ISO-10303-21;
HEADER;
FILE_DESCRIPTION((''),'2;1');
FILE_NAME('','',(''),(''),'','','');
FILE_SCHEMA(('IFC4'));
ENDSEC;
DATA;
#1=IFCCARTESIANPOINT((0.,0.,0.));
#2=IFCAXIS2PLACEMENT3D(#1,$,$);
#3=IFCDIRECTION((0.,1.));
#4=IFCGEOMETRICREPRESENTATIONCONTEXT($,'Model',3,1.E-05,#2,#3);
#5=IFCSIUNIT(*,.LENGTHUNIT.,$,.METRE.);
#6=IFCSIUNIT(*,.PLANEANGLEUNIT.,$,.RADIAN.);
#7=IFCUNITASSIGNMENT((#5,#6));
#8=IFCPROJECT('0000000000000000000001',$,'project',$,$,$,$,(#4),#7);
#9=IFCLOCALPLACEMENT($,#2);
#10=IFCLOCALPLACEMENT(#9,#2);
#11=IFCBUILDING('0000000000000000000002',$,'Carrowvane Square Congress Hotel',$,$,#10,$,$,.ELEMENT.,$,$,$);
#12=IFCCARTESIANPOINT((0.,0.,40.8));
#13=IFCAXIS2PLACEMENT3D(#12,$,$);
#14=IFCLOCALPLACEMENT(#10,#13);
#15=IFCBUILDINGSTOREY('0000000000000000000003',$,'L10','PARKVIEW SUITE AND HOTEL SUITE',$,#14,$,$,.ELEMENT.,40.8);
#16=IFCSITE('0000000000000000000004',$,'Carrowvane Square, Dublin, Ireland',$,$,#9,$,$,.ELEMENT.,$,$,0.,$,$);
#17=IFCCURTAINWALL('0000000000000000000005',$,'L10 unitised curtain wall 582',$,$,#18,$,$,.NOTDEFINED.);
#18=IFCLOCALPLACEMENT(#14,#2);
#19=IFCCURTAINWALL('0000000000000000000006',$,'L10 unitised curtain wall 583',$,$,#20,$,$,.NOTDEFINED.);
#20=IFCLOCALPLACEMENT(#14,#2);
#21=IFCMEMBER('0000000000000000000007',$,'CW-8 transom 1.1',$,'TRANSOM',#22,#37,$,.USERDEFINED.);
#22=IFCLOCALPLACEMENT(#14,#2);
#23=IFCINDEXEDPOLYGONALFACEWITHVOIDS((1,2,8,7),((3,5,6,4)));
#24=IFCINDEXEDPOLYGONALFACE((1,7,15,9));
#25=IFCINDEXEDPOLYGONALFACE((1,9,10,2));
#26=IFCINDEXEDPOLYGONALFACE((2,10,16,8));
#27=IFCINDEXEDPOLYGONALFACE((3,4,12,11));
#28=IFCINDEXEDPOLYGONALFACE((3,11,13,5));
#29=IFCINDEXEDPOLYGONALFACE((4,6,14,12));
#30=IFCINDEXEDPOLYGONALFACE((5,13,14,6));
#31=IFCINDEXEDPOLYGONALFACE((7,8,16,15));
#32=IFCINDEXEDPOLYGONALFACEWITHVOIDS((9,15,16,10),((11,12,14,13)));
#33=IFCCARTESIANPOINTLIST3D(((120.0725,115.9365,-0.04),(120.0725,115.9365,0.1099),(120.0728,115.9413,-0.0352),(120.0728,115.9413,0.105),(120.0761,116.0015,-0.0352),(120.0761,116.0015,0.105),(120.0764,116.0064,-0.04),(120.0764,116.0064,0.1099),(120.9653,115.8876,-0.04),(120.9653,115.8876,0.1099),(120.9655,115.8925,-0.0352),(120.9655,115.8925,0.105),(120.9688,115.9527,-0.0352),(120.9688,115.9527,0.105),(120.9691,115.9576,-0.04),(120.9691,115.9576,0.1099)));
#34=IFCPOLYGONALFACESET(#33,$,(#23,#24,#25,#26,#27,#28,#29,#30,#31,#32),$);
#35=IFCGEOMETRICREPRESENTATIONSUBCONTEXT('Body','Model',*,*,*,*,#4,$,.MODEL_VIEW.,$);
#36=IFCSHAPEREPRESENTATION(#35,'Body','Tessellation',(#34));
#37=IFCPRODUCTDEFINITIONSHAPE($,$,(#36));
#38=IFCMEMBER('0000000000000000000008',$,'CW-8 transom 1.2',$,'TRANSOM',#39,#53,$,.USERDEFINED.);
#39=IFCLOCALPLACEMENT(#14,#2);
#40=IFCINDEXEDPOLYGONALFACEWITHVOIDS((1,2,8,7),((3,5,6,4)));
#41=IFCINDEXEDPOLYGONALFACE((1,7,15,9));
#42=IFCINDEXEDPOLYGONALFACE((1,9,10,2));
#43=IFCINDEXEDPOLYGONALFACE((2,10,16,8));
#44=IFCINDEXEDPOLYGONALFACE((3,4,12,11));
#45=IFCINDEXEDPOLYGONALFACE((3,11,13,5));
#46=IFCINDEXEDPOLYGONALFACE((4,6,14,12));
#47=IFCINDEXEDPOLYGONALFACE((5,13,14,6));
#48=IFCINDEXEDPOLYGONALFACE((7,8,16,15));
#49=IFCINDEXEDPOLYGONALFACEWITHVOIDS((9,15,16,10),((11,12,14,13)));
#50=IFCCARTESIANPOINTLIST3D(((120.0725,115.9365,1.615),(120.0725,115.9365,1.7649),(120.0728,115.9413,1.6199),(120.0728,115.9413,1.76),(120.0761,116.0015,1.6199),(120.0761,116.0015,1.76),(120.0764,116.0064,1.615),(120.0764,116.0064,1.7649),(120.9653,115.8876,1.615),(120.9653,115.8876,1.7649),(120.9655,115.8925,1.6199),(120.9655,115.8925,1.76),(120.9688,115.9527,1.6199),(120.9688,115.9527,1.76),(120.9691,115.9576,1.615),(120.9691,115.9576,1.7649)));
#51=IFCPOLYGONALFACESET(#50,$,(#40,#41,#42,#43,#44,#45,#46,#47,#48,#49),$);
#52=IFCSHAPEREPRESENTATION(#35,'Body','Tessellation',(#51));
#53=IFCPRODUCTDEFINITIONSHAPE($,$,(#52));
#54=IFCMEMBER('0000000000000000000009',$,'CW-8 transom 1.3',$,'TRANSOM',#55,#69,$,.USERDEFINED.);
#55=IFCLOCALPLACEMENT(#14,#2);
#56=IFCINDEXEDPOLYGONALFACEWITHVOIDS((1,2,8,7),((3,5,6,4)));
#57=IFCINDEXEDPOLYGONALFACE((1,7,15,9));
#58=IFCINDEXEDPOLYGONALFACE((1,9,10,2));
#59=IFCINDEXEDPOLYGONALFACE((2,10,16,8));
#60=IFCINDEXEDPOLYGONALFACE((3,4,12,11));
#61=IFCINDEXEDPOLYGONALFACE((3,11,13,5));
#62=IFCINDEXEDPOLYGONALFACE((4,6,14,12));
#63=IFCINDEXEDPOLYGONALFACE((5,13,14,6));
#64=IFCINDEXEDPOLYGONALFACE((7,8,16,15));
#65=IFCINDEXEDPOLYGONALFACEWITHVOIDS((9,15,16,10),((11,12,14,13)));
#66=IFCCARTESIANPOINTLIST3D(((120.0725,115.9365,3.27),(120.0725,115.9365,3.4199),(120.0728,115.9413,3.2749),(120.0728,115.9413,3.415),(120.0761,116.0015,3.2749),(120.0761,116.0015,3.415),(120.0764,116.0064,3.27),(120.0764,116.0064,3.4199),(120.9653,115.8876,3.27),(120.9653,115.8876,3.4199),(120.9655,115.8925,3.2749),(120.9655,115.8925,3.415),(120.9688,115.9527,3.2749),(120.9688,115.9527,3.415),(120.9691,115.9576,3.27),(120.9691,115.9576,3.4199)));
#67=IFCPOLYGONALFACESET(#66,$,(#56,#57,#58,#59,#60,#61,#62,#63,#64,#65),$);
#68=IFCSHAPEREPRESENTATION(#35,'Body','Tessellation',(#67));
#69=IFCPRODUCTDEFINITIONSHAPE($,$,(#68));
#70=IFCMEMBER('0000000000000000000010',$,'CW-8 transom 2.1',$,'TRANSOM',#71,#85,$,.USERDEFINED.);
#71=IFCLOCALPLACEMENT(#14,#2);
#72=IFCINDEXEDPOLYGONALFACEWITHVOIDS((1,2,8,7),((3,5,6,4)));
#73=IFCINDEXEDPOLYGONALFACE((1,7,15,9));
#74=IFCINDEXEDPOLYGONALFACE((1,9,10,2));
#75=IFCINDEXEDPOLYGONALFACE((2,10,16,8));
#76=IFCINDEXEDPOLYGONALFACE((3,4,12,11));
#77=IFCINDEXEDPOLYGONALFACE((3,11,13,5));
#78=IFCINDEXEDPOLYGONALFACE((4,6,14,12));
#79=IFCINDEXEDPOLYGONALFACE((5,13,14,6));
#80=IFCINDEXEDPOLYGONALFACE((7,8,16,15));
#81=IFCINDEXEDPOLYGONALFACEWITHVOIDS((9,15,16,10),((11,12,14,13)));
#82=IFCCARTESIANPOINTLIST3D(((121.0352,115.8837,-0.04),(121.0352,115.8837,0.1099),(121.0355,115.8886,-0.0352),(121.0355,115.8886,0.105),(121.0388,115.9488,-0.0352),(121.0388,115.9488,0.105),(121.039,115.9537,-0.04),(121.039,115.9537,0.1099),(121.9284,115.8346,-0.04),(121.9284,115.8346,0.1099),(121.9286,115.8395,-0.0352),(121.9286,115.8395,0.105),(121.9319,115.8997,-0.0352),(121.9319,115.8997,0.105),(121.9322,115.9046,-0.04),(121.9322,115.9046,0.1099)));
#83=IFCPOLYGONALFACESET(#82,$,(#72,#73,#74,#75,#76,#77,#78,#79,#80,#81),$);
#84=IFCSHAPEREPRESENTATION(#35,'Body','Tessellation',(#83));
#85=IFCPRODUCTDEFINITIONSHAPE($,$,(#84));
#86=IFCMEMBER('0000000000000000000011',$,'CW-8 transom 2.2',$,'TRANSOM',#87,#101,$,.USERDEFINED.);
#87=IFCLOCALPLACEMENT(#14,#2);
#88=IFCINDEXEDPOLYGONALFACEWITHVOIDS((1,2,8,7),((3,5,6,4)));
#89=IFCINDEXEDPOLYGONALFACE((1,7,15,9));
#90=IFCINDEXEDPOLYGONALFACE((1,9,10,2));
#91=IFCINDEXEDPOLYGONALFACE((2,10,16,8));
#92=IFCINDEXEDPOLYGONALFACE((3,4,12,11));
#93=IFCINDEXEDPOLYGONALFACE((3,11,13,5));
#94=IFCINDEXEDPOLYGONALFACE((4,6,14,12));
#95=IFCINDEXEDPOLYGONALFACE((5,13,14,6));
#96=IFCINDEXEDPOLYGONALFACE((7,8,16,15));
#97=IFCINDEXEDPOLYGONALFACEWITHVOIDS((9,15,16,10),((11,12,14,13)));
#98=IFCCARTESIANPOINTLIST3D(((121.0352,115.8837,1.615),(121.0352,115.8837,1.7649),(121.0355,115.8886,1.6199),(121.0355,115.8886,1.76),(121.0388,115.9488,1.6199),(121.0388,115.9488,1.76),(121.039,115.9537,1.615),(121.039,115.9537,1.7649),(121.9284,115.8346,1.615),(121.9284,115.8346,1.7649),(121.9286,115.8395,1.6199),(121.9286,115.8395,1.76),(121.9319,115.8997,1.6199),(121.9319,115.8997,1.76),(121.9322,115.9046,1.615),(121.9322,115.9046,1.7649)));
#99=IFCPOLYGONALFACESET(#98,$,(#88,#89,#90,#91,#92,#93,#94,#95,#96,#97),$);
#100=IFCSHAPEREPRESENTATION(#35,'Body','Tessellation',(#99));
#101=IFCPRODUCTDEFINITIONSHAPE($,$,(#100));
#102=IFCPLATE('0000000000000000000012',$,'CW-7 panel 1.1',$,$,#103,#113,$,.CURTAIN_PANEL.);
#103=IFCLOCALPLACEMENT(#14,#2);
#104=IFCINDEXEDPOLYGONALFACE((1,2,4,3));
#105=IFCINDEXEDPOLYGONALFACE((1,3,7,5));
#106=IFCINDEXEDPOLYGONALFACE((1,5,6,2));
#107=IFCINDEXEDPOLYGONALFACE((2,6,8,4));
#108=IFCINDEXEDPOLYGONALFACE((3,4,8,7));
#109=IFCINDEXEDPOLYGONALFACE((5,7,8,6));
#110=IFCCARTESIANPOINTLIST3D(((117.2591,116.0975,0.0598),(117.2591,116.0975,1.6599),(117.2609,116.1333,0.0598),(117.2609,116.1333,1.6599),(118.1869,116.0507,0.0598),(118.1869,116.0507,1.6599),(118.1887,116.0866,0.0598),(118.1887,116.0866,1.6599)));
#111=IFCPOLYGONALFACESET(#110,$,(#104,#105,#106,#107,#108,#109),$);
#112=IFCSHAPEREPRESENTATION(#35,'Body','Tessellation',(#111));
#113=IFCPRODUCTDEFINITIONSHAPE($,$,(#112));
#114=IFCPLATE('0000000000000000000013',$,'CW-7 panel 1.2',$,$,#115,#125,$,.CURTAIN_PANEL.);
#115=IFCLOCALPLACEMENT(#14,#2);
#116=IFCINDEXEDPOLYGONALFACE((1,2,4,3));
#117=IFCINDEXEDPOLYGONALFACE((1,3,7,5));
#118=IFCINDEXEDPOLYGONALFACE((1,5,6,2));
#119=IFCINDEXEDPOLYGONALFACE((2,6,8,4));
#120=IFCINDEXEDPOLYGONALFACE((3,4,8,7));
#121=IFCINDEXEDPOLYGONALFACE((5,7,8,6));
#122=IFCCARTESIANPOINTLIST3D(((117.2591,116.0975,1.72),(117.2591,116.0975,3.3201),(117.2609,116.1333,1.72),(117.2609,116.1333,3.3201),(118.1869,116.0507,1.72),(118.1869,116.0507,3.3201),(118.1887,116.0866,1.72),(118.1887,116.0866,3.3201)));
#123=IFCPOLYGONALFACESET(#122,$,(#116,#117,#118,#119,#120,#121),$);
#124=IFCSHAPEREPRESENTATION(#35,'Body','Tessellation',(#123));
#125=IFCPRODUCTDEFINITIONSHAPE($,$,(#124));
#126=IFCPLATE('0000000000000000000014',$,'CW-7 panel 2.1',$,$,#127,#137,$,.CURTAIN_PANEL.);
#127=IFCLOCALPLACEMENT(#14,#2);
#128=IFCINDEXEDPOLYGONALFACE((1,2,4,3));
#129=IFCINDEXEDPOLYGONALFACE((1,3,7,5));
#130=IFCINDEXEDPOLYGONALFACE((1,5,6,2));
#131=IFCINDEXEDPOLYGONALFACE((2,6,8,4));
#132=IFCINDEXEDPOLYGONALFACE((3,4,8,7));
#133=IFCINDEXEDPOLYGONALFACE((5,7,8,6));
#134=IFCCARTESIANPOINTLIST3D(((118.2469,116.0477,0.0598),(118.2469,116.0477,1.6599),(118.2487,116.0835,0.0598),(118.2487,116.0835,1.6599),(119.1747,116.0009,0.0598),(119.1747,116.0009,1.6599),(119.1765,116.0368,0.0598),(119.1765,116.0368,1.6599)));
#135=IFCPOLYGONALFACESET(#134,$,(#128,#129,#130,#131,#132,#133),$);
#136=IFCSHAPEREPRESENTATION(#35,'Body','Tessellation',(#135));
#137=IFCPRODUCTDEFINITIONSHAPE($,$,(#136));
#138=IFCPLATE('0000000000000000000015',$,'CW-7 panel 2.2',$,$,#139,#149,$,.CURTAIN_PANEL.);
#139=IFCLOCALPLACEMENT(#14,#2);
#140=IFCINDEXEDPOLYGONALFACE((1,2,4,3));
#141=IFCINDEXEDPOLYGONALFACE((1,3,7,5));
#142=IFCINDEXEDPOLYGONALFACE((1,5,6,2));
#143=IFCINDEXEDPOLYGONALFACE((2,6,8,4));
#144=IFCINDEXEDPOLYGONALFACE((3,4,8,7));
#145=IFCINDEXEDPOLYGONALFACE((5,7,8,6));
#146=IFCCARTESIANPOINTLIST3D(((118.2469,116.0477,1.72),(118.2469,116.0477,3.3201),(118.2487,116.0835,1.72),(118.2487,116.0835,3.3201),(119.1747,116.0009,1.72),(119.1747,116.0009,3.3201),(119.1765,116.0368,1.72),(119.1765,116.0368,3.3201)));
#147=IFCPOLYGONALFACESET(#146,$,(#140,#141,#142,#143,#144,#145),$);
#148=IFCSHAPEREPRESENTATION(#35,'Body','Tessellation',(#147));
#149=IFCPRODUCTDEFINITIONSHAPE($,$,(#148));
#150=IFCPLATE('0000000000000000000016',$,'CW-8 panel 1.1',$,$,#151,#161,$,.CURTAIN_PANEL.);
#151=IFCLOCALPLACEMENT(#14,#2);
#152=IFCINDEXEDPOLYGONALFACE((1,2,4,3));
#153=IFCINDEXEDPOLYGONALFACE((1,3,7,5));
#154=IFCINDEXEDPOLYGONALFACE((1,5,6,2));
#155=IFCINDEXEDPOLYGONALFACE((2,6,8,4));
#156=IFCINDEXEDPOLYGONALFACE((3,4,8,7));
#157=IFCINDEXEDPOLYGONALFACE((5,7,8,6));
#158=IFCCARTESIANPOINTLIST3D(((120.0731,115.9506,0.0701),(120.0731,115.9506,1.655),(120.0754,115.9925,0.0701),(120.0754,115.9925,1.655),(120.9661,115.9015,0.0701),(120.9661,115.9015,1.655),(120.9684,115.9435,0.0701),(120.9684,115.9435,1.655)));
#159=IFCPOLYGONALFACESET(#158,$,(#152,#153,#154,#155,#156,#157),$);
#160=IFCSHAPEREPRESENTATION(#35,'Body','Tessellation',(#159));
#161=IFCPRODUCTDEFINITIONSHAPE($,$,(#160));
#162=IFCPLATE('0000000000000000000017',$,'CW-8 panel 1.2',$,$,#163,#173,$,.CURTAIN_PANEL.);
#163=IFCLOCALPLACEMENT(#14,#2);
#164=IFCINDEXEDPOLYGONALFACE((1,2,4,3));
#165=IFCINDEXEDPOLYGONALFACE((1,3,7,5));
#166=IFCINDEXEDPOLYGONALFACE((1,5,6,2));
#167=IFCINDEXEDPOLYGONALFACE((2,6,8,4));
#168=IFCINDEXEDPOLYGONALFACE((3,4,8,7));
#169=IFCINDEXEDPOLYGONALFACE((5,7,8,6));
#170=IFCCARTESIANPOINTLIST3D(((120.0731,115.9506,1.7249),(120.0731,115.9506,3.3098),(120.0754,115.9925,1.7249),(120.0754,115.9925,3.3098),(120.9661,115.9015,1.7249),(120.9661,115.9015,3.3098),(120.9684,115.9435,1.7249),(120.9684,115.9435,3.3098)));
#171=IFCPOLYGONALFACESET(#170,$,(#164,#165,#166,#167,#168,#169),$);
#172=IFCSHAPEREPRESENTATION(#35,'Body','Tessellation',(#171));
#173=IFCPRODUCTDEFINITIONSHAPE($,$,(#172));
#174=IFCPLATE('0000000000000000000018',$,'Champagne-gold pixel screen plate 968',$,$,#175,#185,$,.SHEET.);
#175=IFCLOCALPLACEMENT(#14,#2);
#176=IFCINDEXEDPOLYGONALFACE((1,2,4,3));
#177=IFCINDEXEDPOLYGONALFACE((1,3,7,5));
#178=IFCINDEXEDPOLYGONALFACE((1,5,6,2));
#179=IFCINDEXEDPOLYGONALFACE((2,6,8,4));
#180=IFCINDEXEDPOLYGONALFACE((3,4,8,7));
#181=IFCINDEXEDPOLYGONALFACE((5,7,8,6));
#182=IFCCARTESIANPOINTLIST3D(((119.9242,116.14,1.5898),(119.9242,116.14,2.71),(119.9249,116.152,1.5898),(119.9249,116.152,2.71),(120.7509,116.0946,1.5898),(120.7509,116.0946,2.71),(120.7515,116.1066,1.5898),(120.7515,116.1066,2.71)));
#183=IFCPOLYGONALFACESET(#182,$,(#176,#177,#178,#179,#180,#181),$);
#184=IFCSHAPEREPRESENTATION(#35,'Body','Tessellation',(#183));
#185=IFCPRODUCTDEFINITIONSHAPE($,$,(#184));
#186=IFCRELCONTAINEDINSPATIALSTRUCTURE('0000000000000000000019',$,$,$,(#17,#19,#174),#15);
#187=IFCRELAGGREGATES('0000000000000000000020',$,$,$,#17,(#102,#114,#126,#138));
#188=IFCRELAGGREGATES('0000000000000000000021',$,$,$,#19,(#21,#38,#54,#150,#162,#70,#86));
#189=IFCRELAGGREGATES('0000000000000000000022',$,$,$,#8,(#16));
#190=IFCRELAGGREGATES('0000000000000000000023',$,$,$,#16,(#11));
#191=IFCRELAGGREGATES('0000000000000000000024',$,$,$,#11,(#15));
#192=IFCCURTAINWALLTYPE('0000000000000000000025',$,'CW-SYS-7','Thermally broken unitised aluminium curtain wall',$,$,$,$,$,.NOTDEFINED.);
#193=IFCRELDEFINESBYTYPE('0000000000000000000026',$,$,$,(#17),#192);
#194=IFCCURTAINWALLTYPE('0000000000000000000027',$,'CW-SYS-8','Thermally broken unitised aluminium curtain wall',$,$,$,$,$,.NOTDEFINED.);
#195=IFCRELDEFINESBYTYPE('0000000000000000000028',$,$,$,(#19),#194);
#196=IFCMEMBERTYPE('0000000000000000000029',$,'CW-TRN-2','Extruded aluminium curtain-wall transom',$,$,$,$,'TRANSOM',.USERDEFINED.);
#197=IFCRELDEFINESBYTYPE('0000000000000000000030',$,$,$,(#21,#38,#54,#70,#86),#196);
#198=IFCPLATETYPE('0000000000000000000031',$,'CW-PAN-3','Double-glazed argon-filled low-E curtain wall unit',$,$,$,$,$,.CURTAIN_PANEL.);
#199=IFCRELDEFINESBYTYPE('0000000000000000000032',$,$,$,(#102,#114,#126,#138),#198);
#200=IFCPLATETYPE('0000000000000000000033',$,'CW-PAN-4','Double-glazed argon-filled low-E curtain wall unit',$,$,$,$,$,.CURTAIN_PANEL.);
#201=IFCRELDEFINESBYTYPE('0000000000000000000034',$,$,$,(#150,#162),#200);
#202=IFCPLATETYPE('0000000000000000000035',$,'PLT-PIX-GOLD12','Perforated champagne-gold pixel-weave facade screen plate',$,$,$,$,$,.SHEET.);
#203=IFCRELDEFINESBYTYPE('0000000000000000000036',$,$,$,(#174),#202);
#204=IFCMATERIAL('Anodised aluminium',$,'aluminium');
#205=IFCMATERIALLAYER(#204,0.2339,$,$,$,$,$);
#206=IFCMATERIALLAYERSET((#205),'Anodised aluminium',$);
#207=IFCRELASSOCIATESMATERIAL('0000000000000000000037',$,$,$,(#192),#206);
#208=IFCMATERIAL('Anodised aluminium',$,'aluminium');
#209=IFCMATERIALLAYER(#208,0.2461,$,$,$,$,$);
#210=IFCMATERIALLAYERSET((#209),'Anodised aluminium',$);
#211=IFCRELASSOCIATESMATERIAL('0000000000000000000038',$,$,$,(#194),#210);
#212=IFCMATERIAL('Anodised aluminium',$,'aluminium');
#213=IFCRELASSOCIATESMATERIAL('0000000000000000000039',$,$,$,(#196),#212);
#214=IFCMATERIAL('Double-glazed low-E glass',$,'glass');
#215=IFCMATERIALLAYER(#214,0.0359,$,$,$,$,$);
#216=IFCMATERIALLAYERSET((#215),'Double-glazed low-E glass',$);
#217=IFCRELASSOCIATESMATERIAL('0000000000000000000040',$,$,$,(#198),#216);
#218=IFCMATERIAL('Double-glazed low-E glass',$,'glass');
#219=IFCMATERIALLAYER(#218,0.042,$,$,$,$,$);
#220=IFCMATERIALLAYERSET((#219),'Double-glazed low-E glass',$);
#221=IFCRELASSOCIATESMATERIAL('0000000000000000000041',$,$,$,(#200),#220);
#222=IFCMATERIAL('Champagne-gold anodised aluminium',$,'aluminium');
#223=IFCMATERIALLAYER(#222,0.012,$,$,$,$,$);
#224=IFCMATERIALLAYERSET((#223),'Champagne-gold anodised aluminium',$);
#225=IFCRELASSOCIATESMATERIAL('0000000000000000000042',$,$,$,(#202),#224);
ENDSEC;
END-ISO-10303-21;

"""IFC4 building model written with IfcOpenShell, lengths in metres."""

from ifc_helpers import new_model, si_unit, direction, frame, origin, origin_2d, place, context, subcontext, project, spatial, rectangle, hollow_rectangle, extrude, material, layer, layer_set, material_profile, profile_set, type_object, element, aggregate, save


model = new_model("IFC4")

# Units and contexts
model_context = context("Model", 3, precision=1e-05, world=origin(), true_north=direction((0.0, 1.0)))
body_context = subcontext(model_context, "Body", "Model", "MODEL_VIEW")
ifc_project = project(units=[si_unit("LENGTHUNIT", "METRE"), si_unit("PLANEANGLEUNIT", "RADIAN")], contexts=[model_context])

# Site, building, storey
site_placement = place(None, origin())
site = spatial("IfcSite", under=ifc_project, at=site_placement, Name="Carrowvane Square, Dublin, Ireland", CompositionType="ELEMENT", RefElevation=0.0)
building_placement = place(site_placement, origin())
building = spatial("IfcBuilding", under=site, at=building_placement, Name="Carrowvane Square Congress Hotel", CompositionType="ELEMENT")
storey_placement = place(building_placement, frame((0.0, 0.0, 40.8)))
storey = spatial("IfcBuildingStorey", under=building, at=storey_placement, Name="L10", Description="PARKVIEW SUITE AND HOTEL SUITE", CompositionType="ELEMENT", Elevation=40.8)

# Curtain walls
ifc_material_1 = material(Name="Anodised aluminium", Category="aluminium")
ifc_layer_1 = layer(ifc_material_1, 0.2339)
ifc_layer_set_1 = layer_set([ifc_layer_1], Name="Anodised aluminium")
curtain_wall_type_1 = type_object("IfcCurtainWallType", Name="CW-SYS-7", Description="Thermally broken unitised aluminium curtain wall", PredefinedType="NOTDEFINED", material=ifc_layer_set_1)
curtain_wall_1_placement = place(storey_placement, origin())
curtain_wall_1 = element("IfcCurtainWall", 1, at=curtain_wall_1_placement, inside=storey, type_object=curtain_wall_type_1, Name="L10 unitised curtain wall 582", PredefinedType="NOTDEFINED")
ifc_material_2 = material(Name="Anodised aluminium", Category="aluminium")
ifc_layer_2 = layer(ifc_material_2, 0.2461)
ifc_layer_set_2 = layer_set([ifc_layer_2], Name="Anodised aluminium")
curtain_wall_type_2 = type_object("IfcCurtainWallType", Name="CW-SYS-8", Description="Thermally broken unitised aluminium curtain wall", PredefinedType="NOTDEFINED", material=ifc_layer_set_2)
curtain_wall_2_placement = place(storey_placement, origin())
curtain_wall_2 = element("IfcCurtainWall", 2, at=curtain_wall_2_placement, inside=storey, type_object=curtain_wall_type_2, Name="L10 unitised curtain wall 583", PredefinedType="NOTDEFINED")

# Members
ifc_material_3 = material(Name="Anodised aluminium", Category="aluminium")
ifc_material_profile_1 = material_profile(ifc_material_3, hollow_rectangle(XDim=0.0701, YDim=0.1499, WallThickness=0.0049, at=origin_2d()), Name="CW-TR 70x150x5")
ifc_profile_set_1 = profile_set([ifc_material_profile_1], Name="Anodised aluminium")
member_type_1 = type_object("IfcMemberType", Name="CW-TRN-2", Description="Extruded aluminium curtain-wall transom", ElementType="TRANSOM", PredefinedType="USERDEFINED", material=ifc_profile_set_1)
member_1_placement = place(storey_placement, frame((120.0745, 115.9714, 0.0349), z_axis=(0.998508, -0.054608, 0.0), x_axis=(0.054608, 0.998508, 0.0)))
member_1 = element("IfcMember", 3, at=member_1_placement, type_object=member_type_1, Name="CW-8 transom 1.1", ObjectType="TRANSOM", PredefinedType="USERDEFINED", context=body_context, shape_type="SweptSolid", body=[
    extrude(hollow_rectangle(XDim=0.0701, YDim=0.1499, WallThickness=0.0049, at=origin_2d()), origin(), (0.0, 0.0, 1.0), 0.894),
])
member_2_placement = place(storey_placement, frame((120.0745, 115.9714, 1.6899), z_axis=(0.998508, -0.054608, 0.0), x_axis=(0.054608, 0.998508, 0.0)))
member_2 = element("IfcMember", 4, at=member_2_placement, type_object=member_type_1, Name="CW-8 transom 1.2", ObjectType="TRANSOM", PredefinedType="USERDEFINED", context=body_context, shape_type="SweptSolid", body=[
    extrude(hollow_rectangle(XDim=0.0701, YDim=0.1499, WallThickness=0.0049, at=origin_2d()), origin(), (0.0, 0.0, 1.0), 0.894),
])
member_3_placement = place(storey_placement, frame((120.0745, 115.9714, 3.345), z_axis=(0.998508, -0.054608, 0.0), x_axis=(0.054608, 0.998508, 0.0)))
member_3 = element("IfcMember", 5, at=member_3_placement, type_object=member_type_1, Name="CW-8 transom 1.3", ObjectType="TRANSOM", PredefinedType="USERDEFINED", context=body_context, shape_type="SweptSolid", body=[
    extrude(hollow_rectangle(XDim=0.0701, YDim=0.1499, WallThickness=0.0049, at=origin_2d()), origin(), (0.0, 0.0, 1.0), 0.894),
])
member_4_placement = place(storey_placement, frame((121.0371, 115.9187, 0.0349), z_axis=(0.998494, -0.054865, 0.0), x_axis=(0.054865, 0.998494, 0.0)))
member_4 = element("IfcMember", 6, at=member_4_placement, type_object=member_type_1, Name="CW-8 transom 2.1", ObjectType="TRANSOM", PredefinedType="USERDEFINED", context=body_context, shape_type="SweptSolid", body=[
    extrude(hollow_rectangle(XDim=0.0701, YDim=0.1499, WallThickness=0.0049, at=origin_2d()), origin(), (0.0, 0.0, 1.0), 0.8945),
])
member_5_placement = place(storey_placement, frame((121.0371, 115.9187, 1.6899), z_axis=(0.998494, -0.054865, 0.0), x_axis=(0.054865, 0.998494, 0.0)))
member_5 = element("IfcMember", 7, at=member_5_placement, type_object=member_type_1, Name="CW-8 transom 2.2", ObjectType="TRANSOM", PredefinedType="USERDEFINED", context=body_context, shape_type="SweptSolid", body=[
    extrude(hollow_rectangle(XDim=0.0701, YDim=0.1499, WallThickness=0.0049, at=origin_2d()), origin(), (0.0, 0.0, 1.0), 0.8945),
])

# Plates
ifc_material_4 = material(Name="Double-glazed low-E glass", Category="glass")
ifc_layer_3 = layer(ifc_material_4, 0.0359)
ifc_layer_set_3 = layer_set([ifc_layer_3], Name="Double-glazed low-E glass")
plate_type_1 = type_object("IfcPlateType", Name="CW-PAN-3", Description="Double-glazed argon-filled low-E curtain wall unit", PredefinedType="CURTAIN_PANEL", material=ifc_layer_set_3)
plate_1_placement = place(storey_placement, frame((117.7239, 116.092, 0.0598), z_axis=(0.0, 0.0, 1.0), x_axis=(0.998733, -0.050324, 0.0)))
plate_1 = element("IfcPlate", 8, at=plate_1_placement, type_object=plate_type_1, Name="CW-7 panel 1.1", PredefinedType="CURTAIN_PANEL", context=body_context, shape_type="SweptSolid", body=[
    extrude(rectangle(XDim=0.929, YDim=0.0359, at=origin_2d()), origin(), (0.0, 0.0, 1.0), 1.6001),
])
plate_2_placement = place(storey_placement, frame((117.7239, 116.092, 1.72), z_axis=(0.0, 0.0, 1.0), x_axis=(0.998733, -0.050324, 0.0)))
plate_2 = element("IfcPlate", 9, at=plate_2_placement, type_object=plate_type_1, Name="CW-7 panel 1.2", PredefinedType="CURTAIN_PANEL", context=body_context, shape_type="SweptSolid", body=[
    extrude(rectangle(XDim=0.929, YDim=0.0359, at=origin_2d()), origin(), (0.0, 0.0, 1.0), 1.6001),
])
plate_3_placement = place(storey_placement, frame((118.7117, 116.0422, 0.0598), z_axis=(0.0, 0.0, 1.0), x_axis=(0.998733, -0.050324, 0.0)))
plate_3 = element("IfcPlate", 10, at=plate_3_placement, type_object=plate_type_1, Name="CW-7 panel 2.1", PredefinedType="CURTAIN_PANEL", context=body_context, shape_type="SweptSolid", body=[
    extrude(rectangle(XDim=0.929, YDim=0.0359, at=origin_2d()), origin(), (0.0, 0.0, 1.0), 1.6001),
])
plate_4_placement = place(storey_placement, frame((118.7117, 116.0422, 1.72), z_axis=(0.0, 0.0, 1.0), x_axis=(0.998733, -0.050324, 0.0)))
plate_4 = element("IfcPlate", 11, at=plate_4_placement, type_object=plate_type_1, Name="CW-7 panel 2.2", PredefinedType="CURTAIN_PANEL", context=body_context, shape_type="SweptSolid", body=[
    extrude(rectangle(XDim=0.929, YDim=0.0359, at=origin_2d()), origin(), (0.0, 0.0, 1.0), 1.6001),
])
aggregate(curtain_wall_1, [plate_1, plate_2, plate_3, plate_4])
ifc_material_5 = material(Name="Double-glazed low-E glass", Category="glass")
ifc_layer_4 = layer(ifc_material_5, 0.042)
ifc_layer_set_4 = layer_set([ifc_layer_4], Name="Double-glazed low-E glass")
plate_type_2 = type_object("IfcPlateType", Name="CW-PAN-4", Description="Double-glazed argon-filled low-E curtain wall unit", PredefinedType="CURTAIN_PANEL", material=ifc_layer_set_4)
plate_5_placement = place(storey_placement, frame((120.5208, 115.947, 0.0701), z_axis=(0.0, 0.0, 1.0), x_axis=(0.998496, -0.054816, 0.0)))
plate_5 = element("IfcPlate", 12, at=plate_5_placement, type_object=plate_type_2, Name="CW-8 panel 1.1", PredefinedType="CURTAIN_PANEL", context=body_context, shape_type="SweptSolid", body=[
    extrude(rectangle(XDim=0.8943, YDim=0.042, at=origin_2d()), origin(), (0.0, 0.0, 1.0), 1.585),
])
plate_6_placement = place(storey_placement, frame((120.5208, 115.947, 1.7249), z_axis=(0.0, 0.0, 1.0), x_axis=(0.998496, -0.054816, 0.0)))
plate_6 = element("IfcPlate", 13, at=plate_6_placement, type_object=plate_type_2, Name="CW-8 panel 1.2", PredefinedType="CURTAIN_PANEL", context=body_context, shape_type="SweptSolid", body=[
    extrude(rectangle(XDim=0.8943, YDim=0.042, at=origin_2d()), origin(), (0.0, 0.0, 1.0), 1.585),
])
aggregate(curtain_wall_2, [member_1, member_2, member_3, plate_5, plate_6, member_4, member_5])

# Plate
ifc_material_6 = material(Name="Champagne-gold anodised aluminium", Category="aluminium")
ifc_layer_5 = layer(ifc_material_6, 0.012)
ifc_layer_set_5 = layer_set([ifc_layer_5], Name="Champagne-gold anodised aluminium")
plate_type_3 = type_object("IfcPlateType", Name="PLT-PIX-GOLD12", Description="Perforated champagne-gold pixel-weave facade screen plate", PredefinedType="SHEET", material=ifc_layer_set_5)
plate_7_placement = place(storey_placement, frame((120.3379, 116.1233, 1.5898), z_axis=(0.0, 0.0, 1.0), x_axis=(0.998497, -0.054815, 0.0)))
element("IfcPlate", 14, at=plate_7_placement, inside=storey, type_object=plate_type_3, Name="Champagne-gold pixel screen plate 968", PredefinedType="SHEET", context=body_context, shape_type="SweptSolid", body=[
    extrude(rectangle(XDim=0.8279, YDim=0.012, at=origin_2d()), origin(), (0.0, 0.0, 1.0), 1.1201),
])

save(model, "model.ifc")
